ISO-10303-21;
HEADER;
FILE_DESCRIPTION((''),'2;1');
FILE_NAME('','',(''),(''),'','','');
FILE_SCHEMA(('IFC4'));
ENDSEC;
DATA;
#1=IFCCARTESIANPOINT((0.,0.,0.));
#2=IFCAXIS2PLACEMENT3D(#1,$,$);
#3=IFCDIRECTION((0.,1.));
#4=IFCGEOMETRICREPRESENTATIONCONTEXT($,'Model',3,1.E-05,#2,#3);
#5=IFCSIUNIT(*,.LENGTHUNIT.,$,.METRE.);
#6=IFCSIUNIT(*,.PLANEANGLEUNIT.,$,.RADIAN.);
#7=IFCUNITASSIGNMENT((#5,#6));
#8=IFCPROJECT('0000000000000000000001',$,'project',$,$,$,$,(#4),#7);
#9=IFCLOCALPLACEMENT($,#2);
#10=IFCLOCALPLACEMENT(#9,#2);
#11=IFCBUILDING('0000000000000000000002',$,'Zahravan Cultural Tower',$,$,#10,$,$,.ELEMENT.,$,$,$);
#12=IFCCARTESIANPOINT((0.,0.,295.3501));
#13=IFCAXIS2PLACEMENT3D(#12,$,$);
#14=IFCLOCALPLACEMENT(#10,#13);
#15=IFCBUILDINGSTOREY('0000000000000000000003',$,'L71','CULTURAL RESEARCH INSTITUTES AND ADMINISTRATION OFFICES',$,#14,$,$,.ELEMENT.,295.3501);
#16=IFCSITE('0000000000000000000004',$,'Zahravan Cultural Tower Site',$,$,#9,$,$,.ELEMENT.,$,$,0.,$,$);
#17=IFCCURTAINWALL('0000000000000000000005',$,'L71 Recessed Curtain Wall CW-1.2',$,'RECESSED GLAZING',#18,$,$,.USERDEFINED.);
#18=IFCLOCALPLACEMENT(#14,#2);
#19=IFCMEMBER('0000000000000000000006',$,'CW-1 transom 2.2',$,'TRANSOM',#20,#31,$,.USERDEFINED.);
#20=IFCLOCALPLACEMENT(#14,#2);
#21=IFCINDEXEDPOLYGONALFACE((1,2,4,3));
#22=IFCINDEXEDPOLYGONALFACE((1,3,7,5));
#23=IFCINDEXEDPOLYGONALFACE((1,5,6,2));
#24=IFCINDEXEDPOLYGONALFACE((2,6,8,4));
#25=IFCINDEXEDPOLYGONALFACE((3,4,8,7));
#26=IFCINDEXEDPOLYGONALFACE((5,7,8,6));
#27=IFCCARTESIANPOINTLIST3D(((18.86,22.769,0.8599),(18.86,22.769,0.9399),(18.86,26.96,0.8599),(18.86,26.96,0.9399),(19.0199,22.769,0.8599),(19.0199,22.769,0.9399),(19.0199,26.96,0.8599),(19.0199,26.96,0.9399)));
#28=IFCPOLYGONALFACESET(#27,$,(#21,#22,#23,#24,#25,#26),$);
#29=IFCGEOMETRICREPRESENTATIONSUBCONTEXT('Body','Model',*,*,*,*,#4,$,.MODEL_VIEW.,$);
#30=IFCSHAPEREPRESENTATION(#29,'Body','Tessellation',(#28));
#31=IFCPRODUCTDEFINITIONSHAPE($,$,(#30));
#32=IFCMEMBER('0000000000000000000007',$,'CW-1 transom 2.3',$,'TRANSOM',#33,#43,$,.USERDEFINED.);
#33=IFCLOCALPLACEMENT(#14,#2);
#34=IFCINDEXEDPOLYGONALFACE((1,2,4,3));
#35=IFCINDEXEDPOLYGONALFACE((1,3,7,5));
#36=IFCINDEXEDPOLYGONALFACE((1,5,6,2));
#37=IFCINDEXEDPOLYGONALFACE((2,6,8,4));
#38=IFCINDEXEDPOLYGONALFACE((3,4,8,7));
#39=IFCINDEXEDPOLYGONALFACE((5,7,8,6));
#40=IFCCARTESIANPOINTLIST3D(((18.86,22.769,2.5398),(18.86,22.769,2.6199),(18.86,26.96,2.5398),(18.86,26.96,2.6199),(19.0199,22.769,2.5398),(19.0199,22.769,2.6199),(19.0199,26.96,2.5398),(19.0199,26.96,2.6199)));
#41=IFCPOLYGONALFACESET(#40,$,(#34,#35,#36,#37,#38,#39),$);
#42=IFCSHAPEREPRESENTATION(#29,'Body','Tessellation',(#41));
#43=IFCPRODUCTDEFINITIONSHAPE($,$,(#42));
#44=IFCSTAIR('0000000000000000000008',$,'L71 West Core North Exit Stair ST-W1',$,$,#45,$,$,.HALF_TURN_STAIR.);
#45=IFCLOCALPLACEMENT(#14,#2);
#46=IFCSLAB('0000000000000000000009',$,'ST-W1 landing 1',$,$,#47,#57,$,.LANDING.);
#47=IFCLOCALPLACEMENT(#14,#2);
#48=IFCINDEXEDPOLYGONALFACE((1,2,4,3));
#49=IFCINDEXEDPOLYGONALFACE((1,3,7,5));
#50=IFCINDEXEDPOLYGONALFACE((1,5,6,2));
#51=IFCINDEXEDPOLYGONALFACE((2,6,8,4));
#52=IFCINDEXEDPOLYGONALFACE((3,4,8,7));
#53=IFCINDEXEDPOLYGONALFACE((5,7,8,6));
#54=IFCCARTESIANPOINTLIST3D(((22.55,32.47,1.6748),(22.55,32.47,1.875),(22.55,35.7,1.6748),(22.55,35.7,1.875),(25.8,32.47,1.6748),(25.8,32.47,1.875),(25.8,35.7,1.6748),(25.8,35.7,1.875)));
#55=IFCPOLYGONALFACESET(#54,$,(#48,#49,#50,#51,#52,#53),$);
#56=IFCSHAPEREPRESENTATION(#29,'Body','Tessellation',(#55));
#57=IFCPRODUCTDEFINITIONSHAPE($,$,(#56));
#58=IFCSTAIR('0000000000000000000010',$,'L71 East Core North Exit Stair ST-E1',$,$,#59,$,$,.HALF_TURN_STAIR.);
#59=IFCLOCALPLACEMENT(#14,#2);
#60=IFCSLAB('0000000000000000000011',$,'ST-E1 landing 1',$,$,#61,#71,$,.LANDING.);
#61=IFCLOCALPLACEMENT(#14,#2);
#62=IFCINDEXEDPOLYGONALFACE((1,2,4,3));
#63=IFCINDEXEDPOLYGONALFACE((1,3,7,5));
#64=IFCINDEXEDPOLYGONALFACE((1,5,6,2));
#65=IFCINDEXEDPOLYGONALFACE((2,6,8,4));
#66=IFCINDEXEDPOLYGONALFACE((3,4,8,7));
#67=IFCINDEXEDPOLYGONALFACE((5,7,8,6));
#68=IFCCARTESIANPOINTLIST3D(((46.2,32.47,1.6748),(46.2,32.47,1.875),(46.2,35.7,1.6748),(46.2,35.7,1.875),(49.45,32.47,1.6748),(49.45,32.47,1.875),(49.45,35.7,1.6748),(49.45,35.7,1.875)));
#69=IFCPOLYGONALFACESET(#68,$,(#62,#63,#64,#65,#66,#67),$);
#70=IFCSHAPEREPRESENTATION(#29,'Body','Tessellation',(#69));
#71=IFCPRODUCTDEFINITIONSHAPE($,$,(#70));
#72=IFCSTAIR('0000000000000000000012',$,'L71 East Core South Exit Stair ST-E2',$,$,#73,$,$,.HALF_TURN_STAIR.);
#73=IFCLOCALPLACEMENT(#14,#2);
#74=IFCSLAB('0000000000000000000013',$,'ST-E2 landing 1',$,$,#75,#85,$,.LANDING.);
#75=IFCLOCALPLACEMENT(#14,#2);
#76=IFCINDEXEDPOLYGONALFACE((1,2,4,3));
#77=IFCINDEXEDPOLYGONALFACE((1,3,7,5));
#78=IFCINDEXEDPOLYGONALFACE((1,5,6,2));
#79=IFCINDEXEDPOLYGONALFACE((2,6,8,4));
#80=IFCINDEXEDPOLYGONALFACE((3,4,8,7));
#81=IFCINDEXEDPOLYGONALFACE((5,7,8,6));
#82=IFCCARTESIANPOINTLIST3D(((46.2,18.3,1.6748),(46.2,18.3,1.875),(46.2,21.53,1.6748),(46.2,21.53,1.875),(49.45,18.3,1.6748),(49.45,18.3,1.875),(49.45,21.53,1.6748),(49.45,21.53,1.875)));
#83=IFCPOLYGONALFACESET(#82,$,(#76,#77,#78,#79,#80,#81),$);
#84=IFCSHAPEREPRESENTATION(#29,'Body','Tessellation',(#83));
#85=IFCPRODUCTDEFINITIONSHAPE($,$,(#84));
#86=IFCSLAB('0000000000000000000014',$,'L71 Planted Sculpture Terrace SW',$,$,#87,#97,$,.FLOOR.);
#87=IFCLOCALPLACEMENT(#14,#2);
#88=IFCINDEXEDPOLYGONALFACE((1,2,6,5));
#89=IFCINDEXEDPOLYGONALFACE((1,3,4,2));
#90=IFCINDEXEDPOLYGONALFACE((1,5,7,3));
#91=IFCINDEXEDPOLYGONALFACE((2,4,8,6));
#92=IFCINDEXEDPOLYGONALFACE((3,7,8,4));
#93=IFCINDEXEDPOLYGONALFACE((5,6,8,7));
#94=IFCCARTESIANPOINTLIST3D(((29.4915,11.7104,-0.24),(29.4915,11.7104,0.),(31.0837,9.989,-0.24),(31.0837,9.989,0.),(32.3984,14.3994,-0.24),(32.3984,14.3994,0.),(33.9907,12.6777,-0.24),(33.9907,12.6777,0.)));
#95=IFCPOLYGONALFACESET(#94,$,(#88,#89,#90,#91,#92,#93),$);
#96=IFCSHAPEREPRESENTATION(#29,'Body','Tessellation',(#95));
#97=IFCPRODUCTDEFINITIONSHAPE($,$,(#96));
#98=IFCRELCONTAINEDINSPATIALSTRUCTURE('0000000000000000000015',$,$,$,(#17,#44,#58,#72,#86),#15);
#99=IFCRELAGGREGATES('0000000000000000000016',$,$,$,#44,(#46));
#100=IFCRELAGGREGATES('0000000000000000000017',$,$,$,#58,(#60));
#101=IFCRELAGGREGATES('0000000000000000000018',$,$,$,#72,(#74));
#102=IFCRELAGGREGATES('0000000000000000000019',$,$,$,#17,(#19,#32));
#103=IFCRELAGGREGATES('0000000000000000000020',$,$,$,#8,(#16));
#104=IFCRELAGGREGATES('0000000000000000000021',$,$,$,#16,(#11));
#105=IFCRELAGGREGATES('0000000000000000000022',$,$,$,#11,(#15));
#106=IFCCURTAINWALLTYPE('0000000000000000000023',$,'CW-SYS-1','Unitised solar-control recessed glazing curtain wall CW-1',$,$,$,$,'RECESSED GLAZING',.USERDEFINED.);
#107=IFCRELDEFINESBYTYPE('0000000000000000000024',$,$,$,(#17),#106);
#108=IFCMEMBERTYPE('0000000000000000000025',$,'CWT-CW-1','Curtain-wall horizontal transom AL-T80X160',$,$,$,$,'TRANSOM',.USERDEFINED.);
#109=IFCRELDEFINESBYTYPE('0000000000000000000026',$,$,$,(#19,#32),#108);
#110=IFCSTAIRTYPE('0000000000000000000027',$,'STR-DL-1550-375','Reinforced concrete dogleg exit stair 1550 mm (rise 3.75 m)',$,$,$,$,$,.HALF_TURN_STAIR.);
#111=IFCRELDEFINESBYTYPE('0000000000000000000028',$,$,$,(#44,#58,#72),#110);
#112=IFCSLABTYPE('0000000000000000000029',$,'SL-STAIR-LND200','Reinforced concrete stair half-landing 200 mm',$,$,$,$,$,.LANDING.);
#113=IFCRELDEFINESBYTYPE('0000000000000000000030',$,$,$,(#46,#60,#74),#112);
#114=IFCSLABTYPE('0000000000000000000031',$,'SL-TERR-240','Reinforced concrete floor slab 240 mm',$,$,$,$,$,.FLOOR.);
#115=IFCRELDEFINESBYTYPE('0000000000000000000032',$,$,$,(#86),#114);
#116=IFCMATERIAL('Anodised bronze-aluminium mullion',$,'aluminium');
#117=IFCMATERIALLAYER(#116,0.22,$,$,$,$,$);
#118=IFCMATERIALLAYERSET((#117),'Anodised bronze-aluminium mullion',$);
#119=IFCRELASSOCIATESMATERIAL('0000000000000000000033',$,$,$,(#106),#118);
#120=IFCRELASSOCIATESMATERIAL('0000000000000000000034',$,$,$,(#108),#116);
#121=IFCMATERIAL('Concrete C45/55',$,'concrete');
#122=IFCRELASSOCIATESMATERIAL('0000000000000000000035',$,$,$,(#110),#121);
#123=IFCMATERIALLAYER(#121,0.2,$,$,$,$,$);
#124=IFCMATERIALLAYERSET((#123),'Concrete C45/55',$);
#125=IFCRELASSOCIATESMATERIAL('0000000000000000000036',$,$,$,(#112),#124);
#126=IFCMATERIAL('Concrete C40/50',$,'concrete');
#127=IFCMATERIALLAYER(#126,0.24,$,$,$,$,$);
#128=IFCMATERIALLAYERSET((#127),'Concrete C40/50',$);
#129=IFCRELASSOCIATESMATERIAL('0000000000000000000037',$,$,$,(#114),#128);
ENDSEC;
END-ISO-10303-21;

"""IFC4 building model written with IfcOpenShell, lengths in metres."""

from ifc_helpers import new_model, si_unit, direction, frame, origin, origin_2d, place, context, subcontext, project, spatial, polyline, rectangle, outline, extrude, source, transform, mapped, material, layer, layer_set, material_profile, profile_set, type_object, element, aggregate, save


model = new_model("IFC4")

# Units and contexts
model_context = context("Model", 3, precision=1e-05, world=origin(), true_north=direction((0.0, 1.0)))
body_context = subcontext(model_context, "Body", "Model", "MODEL_VIEW")
ifc_project = project(units=[si_unit("LENGTHUNIT", "METRE"), si_unit("PLANEANGLEUNIT", "RADIAN")], contexts=[model_context])

# Site, building, storey
site_placement = place(None, origin())
site = spatial("IfcSite", under=ifc_project, at=site_placement, Name="Zahravan Cultural Tower Site", CompositionType="ELEMENT", RefElevation=0.0)
building_placement = place(site_placement, origin())
building = spatial("IfcBuilding", under=site, at=building_placement, Name="Zahravan Cultural Tower", CompositionType="ELEMENT")
storey_placement = place(building_placement, frame((0.0, 0.0, 295.3501)))
storey = spatial("IfcBuildingStorey", under=building, at=storey_placement, Name="L71", Description="CULTURAL RESEARCH INSTITUTES AND ADMINISTRATION OFFICES", CompositionType="ELEMENT", Elevation=295.3501)

# Curtain wall, members
ifc_material_1 = material(Name="Anodised bronze-aluminium mullion", Category="aluminium")
ifc_layer_1 = layer(ifc_material_1, 0.22)
ifc_layer_set_1 = layer_set([ifc_layer_1], Name="Anodised bronze-aluminium mullion")
curtain_wall_type = type_object("IfcCurtainWallType", Name="CW-SYS-1", Description="Unitised solar-control recessed glazing curtain wall CW-1", ElementType="RECESSED GLAZING", PredefinedType="USERDEFINED", material=ifc_layer_set_1)
curtain_wall_placement = place(storey_placement, origin())
curtain_wall = element("IfcCurtainWall", 1, at=curtain_wall_placement, inside=storey, type_object=curtain_wall_type, Name="L71 Recessed Curtain Wall CW-1.2", ObjectType="RECESSED GLAZING", PredefinedType="USERDEFINED")
ifc_material_profile_1 = material_profile(ifc_material_1, rectangle(XDim=0.1599, YDim=0.0801, at=origin_2d()), Name="AL-T80X160")
ifc_profile_set_1 = profile_set([ifc_material_profile_1], Name="Anodised bronze-aluminium mullion")
member_type_1 = type_object("IfcMemberType", Name="CWT-CW-1", Description="Curtain-wall horizontal transom AL-T80X160", ElementType="TRANSOM", PredefinedType="USERDEFINED", material=ifc_profile_set_1)
shared_shape_1 = source(origin(), body_context, "Body", "SweptSolid", [
    extrude(rectangle(XDim=0.1599, YDim=0.0801, at=origin_2d()), origin(), (0.0, 0.0, 1.0), 4.1909),
])
member_1_placement = place(storey_placement, frame((18.9399, 22.769, 0.8999), z_axis=(0.0, 1.0, 0.0), x_axis=(-1.0, 0.0, 0.0)))
member_1 = element("IfcMember", 2, at=member_1_placement, type_object=member_type_1, Name="CW-1 transom 2.2", ObjectType="TRANSOM", PredefinedType="USERDEFINED", context=body_context, shape_type="MappedRepresentation", body=[
    mapped(shared_shape_1, transform((0.0, 0.0, 0.0), x_axis=(1.0, 0.0, 0.0), y_axis=(0.0, 1.0, 0.0), z_axis=(0.0, 0.0, 1.0), scale=1.0)),
])
member_2_placement = place(storey_placement, frame((18.9399, 22.769, 2.5798), z_axis=(0.0, 1.0, 0.0), x_axis=(-1.0, 0.0, 0.0)))
member_2 = element("IfcMember", 3, at=member_2_placement, type_object=member_type_1, Name="CW-1 transom 2.3", ObjectType="TRANSOM", PredefinedType="USERDEFINED", context=body_context, shape_type="MappedRepresentation", body=[
    mapped(shared_shape_1, transform((0.0, 0.0, 0.0), x_axis=(1.0, 0.0, 0.0), y_axis=(0.0, 1.0, 0.0), z_axis=(0.0, 0.0, 1.0), scale=1.0)),
])

# Stairs, slabs
ifc_material_2 = material(Name="Concrete C45/55", Category="concrete")
stair_type = type_object("IfcStairType", Name="STR-DL-1550-375", Description="Reinforced concrete dogleg exit stair 1550 mm (rise 3.75 m)", PredefinedType="HALF_TURN_STAIR", material=ifc_material_2)
stair_1_placement = place(storey_placement, origin())
stair_1 = element("IfcStair", 4, at=stair_1_placement, inside=storey, type_object=stair_type, Name="L71 West Core North Exit Stair ST-W1", PredefinedType="HALF_TURN_STAIR")
ifc_layer_2 = layer(ifc_material_2, 0.2)
ifc_layer_set_2 = layer_set([ifc_layer_2], Name="Concrete C45/55")
slab_type_1 = type_object("IfcSlabType", Name="SL-STAIR-LND200", Description="Reinforced concrete stair half-landing 200 mm", PredefinedType="LANDING", material=ifc_layer_set_2)
slab_1_placement = place(storey_placement, frame((0.0, 0.0, 1.6748)))
slab_1 = element("IfcSlab", 5, at=slab_1_placement, type_object=slab_type_1, Name="ST-W1 landing 1", PredefinedType="LANDING", context=body_context, shape_type="SweptSolid", body=[
    extrude(outline(polyline([(25.8, 32.47), (25.8, 35.7), (22.55, 35.7), (22.55, 32.47), (25.8, 32.47)])), origin(), (0.0, 0.0, 1.0), 0.2002),
])
aggregate(stair_1, [slab_1])
stair_2_placement = place(storey_placement, origin())
stair_2 = element("IfcStair", 6, at=stair_2_placement, inside=storey, type_object=stair_type, Name="L71 East Core North Exit Stair ST-E1", PredefinedType="HALF_TURN_STAIR")
slab_2_placement = place(storey_placement, frame((0.0, 0.0, 1.6748)))
slab_2 = element("IfcSlab", 7, at=slab_2_placement, type_object=slab_type_1, Name="ST-E1 landing 1", PredefinedType="LANDING", context=body_context, shape_type="SweptSolid", body=[
    extrude(outline(polyline([(49.45, 32.47), (49.45, 35.7), (46.2, 35.7), (46.2, 32.47), (49.45, 32.47)])), origin(), (0.0, 0.0, 1.0), 0.2002),
])
aggregate(stair_2, [slab_2])
stair_3_placement = place(storey_placement, origin())
stair_3 = element("IfcStair", 8, at=stair_3_placement, inside=storey, type_object=stair_type, Name="L71 East Core South Exit Stair ST-E2", PredefinedType="HALF_TURN_STAIR")
slab_3_placement = place(storey_placement, frame((0.0, 0.0, 1.6748)))
slab_3 = element("IfcSlab", 9, at=slab_3_placement, type_object=slab_type_1, Name="ST-E2 landing 1", PredefinedType="LANDING", context=body_context, shape_type="SweptSolid", body=[
    extrude(outline(polyline([(46.2, 21.53), (46.2, 18.3), (49.45, 18.3), (49.45, 21.53), (46.2, 21.53)])), origin(), (0.0, 0.0, 1.0), 0.2002),
])
aggregate(stair_3, [slab_3])

# Slab
ifc_material_3 = material(Name="Concrete C40/50", Category="concrete")
ifc_layer_3 = layer(ifc_material_3, 0.24)
ifc_layer_set_3 = layer_set([ifc_layer_3], Name="Concrete C40/50")
slab_type_2 = type_object("IfcSlabType", Name="SL-TERR-240", Description="Reinforced concrete floor slab 240 mm", PredefinedType="FLOOR", material=ifc_layer_set_3)
slab_4_placement = place(storey_placement, frame((0.0, 0.0, -0.24)))
element("IfcSlab", 10, at=slab_4_placement, inside=storey, type_object=slab_type_2, Name="L71 Planted Sculpture Terrace SW", PredefinedType="FLOOR", context=body_context, shape_type="SweptSolid", body=[
    extrude(outline(polyline([(33.9907, 12.6777), (32.3984, 14.3994), (29.4915, 11.7104), (31.0837, 9.989), (33.9907, 12.6777)])), origin(), (0.0, 0.0, 1.0), 0.24),
])

aggregate(curtain_wall, [member_1, member_2])

save(model, "model.ifc")
